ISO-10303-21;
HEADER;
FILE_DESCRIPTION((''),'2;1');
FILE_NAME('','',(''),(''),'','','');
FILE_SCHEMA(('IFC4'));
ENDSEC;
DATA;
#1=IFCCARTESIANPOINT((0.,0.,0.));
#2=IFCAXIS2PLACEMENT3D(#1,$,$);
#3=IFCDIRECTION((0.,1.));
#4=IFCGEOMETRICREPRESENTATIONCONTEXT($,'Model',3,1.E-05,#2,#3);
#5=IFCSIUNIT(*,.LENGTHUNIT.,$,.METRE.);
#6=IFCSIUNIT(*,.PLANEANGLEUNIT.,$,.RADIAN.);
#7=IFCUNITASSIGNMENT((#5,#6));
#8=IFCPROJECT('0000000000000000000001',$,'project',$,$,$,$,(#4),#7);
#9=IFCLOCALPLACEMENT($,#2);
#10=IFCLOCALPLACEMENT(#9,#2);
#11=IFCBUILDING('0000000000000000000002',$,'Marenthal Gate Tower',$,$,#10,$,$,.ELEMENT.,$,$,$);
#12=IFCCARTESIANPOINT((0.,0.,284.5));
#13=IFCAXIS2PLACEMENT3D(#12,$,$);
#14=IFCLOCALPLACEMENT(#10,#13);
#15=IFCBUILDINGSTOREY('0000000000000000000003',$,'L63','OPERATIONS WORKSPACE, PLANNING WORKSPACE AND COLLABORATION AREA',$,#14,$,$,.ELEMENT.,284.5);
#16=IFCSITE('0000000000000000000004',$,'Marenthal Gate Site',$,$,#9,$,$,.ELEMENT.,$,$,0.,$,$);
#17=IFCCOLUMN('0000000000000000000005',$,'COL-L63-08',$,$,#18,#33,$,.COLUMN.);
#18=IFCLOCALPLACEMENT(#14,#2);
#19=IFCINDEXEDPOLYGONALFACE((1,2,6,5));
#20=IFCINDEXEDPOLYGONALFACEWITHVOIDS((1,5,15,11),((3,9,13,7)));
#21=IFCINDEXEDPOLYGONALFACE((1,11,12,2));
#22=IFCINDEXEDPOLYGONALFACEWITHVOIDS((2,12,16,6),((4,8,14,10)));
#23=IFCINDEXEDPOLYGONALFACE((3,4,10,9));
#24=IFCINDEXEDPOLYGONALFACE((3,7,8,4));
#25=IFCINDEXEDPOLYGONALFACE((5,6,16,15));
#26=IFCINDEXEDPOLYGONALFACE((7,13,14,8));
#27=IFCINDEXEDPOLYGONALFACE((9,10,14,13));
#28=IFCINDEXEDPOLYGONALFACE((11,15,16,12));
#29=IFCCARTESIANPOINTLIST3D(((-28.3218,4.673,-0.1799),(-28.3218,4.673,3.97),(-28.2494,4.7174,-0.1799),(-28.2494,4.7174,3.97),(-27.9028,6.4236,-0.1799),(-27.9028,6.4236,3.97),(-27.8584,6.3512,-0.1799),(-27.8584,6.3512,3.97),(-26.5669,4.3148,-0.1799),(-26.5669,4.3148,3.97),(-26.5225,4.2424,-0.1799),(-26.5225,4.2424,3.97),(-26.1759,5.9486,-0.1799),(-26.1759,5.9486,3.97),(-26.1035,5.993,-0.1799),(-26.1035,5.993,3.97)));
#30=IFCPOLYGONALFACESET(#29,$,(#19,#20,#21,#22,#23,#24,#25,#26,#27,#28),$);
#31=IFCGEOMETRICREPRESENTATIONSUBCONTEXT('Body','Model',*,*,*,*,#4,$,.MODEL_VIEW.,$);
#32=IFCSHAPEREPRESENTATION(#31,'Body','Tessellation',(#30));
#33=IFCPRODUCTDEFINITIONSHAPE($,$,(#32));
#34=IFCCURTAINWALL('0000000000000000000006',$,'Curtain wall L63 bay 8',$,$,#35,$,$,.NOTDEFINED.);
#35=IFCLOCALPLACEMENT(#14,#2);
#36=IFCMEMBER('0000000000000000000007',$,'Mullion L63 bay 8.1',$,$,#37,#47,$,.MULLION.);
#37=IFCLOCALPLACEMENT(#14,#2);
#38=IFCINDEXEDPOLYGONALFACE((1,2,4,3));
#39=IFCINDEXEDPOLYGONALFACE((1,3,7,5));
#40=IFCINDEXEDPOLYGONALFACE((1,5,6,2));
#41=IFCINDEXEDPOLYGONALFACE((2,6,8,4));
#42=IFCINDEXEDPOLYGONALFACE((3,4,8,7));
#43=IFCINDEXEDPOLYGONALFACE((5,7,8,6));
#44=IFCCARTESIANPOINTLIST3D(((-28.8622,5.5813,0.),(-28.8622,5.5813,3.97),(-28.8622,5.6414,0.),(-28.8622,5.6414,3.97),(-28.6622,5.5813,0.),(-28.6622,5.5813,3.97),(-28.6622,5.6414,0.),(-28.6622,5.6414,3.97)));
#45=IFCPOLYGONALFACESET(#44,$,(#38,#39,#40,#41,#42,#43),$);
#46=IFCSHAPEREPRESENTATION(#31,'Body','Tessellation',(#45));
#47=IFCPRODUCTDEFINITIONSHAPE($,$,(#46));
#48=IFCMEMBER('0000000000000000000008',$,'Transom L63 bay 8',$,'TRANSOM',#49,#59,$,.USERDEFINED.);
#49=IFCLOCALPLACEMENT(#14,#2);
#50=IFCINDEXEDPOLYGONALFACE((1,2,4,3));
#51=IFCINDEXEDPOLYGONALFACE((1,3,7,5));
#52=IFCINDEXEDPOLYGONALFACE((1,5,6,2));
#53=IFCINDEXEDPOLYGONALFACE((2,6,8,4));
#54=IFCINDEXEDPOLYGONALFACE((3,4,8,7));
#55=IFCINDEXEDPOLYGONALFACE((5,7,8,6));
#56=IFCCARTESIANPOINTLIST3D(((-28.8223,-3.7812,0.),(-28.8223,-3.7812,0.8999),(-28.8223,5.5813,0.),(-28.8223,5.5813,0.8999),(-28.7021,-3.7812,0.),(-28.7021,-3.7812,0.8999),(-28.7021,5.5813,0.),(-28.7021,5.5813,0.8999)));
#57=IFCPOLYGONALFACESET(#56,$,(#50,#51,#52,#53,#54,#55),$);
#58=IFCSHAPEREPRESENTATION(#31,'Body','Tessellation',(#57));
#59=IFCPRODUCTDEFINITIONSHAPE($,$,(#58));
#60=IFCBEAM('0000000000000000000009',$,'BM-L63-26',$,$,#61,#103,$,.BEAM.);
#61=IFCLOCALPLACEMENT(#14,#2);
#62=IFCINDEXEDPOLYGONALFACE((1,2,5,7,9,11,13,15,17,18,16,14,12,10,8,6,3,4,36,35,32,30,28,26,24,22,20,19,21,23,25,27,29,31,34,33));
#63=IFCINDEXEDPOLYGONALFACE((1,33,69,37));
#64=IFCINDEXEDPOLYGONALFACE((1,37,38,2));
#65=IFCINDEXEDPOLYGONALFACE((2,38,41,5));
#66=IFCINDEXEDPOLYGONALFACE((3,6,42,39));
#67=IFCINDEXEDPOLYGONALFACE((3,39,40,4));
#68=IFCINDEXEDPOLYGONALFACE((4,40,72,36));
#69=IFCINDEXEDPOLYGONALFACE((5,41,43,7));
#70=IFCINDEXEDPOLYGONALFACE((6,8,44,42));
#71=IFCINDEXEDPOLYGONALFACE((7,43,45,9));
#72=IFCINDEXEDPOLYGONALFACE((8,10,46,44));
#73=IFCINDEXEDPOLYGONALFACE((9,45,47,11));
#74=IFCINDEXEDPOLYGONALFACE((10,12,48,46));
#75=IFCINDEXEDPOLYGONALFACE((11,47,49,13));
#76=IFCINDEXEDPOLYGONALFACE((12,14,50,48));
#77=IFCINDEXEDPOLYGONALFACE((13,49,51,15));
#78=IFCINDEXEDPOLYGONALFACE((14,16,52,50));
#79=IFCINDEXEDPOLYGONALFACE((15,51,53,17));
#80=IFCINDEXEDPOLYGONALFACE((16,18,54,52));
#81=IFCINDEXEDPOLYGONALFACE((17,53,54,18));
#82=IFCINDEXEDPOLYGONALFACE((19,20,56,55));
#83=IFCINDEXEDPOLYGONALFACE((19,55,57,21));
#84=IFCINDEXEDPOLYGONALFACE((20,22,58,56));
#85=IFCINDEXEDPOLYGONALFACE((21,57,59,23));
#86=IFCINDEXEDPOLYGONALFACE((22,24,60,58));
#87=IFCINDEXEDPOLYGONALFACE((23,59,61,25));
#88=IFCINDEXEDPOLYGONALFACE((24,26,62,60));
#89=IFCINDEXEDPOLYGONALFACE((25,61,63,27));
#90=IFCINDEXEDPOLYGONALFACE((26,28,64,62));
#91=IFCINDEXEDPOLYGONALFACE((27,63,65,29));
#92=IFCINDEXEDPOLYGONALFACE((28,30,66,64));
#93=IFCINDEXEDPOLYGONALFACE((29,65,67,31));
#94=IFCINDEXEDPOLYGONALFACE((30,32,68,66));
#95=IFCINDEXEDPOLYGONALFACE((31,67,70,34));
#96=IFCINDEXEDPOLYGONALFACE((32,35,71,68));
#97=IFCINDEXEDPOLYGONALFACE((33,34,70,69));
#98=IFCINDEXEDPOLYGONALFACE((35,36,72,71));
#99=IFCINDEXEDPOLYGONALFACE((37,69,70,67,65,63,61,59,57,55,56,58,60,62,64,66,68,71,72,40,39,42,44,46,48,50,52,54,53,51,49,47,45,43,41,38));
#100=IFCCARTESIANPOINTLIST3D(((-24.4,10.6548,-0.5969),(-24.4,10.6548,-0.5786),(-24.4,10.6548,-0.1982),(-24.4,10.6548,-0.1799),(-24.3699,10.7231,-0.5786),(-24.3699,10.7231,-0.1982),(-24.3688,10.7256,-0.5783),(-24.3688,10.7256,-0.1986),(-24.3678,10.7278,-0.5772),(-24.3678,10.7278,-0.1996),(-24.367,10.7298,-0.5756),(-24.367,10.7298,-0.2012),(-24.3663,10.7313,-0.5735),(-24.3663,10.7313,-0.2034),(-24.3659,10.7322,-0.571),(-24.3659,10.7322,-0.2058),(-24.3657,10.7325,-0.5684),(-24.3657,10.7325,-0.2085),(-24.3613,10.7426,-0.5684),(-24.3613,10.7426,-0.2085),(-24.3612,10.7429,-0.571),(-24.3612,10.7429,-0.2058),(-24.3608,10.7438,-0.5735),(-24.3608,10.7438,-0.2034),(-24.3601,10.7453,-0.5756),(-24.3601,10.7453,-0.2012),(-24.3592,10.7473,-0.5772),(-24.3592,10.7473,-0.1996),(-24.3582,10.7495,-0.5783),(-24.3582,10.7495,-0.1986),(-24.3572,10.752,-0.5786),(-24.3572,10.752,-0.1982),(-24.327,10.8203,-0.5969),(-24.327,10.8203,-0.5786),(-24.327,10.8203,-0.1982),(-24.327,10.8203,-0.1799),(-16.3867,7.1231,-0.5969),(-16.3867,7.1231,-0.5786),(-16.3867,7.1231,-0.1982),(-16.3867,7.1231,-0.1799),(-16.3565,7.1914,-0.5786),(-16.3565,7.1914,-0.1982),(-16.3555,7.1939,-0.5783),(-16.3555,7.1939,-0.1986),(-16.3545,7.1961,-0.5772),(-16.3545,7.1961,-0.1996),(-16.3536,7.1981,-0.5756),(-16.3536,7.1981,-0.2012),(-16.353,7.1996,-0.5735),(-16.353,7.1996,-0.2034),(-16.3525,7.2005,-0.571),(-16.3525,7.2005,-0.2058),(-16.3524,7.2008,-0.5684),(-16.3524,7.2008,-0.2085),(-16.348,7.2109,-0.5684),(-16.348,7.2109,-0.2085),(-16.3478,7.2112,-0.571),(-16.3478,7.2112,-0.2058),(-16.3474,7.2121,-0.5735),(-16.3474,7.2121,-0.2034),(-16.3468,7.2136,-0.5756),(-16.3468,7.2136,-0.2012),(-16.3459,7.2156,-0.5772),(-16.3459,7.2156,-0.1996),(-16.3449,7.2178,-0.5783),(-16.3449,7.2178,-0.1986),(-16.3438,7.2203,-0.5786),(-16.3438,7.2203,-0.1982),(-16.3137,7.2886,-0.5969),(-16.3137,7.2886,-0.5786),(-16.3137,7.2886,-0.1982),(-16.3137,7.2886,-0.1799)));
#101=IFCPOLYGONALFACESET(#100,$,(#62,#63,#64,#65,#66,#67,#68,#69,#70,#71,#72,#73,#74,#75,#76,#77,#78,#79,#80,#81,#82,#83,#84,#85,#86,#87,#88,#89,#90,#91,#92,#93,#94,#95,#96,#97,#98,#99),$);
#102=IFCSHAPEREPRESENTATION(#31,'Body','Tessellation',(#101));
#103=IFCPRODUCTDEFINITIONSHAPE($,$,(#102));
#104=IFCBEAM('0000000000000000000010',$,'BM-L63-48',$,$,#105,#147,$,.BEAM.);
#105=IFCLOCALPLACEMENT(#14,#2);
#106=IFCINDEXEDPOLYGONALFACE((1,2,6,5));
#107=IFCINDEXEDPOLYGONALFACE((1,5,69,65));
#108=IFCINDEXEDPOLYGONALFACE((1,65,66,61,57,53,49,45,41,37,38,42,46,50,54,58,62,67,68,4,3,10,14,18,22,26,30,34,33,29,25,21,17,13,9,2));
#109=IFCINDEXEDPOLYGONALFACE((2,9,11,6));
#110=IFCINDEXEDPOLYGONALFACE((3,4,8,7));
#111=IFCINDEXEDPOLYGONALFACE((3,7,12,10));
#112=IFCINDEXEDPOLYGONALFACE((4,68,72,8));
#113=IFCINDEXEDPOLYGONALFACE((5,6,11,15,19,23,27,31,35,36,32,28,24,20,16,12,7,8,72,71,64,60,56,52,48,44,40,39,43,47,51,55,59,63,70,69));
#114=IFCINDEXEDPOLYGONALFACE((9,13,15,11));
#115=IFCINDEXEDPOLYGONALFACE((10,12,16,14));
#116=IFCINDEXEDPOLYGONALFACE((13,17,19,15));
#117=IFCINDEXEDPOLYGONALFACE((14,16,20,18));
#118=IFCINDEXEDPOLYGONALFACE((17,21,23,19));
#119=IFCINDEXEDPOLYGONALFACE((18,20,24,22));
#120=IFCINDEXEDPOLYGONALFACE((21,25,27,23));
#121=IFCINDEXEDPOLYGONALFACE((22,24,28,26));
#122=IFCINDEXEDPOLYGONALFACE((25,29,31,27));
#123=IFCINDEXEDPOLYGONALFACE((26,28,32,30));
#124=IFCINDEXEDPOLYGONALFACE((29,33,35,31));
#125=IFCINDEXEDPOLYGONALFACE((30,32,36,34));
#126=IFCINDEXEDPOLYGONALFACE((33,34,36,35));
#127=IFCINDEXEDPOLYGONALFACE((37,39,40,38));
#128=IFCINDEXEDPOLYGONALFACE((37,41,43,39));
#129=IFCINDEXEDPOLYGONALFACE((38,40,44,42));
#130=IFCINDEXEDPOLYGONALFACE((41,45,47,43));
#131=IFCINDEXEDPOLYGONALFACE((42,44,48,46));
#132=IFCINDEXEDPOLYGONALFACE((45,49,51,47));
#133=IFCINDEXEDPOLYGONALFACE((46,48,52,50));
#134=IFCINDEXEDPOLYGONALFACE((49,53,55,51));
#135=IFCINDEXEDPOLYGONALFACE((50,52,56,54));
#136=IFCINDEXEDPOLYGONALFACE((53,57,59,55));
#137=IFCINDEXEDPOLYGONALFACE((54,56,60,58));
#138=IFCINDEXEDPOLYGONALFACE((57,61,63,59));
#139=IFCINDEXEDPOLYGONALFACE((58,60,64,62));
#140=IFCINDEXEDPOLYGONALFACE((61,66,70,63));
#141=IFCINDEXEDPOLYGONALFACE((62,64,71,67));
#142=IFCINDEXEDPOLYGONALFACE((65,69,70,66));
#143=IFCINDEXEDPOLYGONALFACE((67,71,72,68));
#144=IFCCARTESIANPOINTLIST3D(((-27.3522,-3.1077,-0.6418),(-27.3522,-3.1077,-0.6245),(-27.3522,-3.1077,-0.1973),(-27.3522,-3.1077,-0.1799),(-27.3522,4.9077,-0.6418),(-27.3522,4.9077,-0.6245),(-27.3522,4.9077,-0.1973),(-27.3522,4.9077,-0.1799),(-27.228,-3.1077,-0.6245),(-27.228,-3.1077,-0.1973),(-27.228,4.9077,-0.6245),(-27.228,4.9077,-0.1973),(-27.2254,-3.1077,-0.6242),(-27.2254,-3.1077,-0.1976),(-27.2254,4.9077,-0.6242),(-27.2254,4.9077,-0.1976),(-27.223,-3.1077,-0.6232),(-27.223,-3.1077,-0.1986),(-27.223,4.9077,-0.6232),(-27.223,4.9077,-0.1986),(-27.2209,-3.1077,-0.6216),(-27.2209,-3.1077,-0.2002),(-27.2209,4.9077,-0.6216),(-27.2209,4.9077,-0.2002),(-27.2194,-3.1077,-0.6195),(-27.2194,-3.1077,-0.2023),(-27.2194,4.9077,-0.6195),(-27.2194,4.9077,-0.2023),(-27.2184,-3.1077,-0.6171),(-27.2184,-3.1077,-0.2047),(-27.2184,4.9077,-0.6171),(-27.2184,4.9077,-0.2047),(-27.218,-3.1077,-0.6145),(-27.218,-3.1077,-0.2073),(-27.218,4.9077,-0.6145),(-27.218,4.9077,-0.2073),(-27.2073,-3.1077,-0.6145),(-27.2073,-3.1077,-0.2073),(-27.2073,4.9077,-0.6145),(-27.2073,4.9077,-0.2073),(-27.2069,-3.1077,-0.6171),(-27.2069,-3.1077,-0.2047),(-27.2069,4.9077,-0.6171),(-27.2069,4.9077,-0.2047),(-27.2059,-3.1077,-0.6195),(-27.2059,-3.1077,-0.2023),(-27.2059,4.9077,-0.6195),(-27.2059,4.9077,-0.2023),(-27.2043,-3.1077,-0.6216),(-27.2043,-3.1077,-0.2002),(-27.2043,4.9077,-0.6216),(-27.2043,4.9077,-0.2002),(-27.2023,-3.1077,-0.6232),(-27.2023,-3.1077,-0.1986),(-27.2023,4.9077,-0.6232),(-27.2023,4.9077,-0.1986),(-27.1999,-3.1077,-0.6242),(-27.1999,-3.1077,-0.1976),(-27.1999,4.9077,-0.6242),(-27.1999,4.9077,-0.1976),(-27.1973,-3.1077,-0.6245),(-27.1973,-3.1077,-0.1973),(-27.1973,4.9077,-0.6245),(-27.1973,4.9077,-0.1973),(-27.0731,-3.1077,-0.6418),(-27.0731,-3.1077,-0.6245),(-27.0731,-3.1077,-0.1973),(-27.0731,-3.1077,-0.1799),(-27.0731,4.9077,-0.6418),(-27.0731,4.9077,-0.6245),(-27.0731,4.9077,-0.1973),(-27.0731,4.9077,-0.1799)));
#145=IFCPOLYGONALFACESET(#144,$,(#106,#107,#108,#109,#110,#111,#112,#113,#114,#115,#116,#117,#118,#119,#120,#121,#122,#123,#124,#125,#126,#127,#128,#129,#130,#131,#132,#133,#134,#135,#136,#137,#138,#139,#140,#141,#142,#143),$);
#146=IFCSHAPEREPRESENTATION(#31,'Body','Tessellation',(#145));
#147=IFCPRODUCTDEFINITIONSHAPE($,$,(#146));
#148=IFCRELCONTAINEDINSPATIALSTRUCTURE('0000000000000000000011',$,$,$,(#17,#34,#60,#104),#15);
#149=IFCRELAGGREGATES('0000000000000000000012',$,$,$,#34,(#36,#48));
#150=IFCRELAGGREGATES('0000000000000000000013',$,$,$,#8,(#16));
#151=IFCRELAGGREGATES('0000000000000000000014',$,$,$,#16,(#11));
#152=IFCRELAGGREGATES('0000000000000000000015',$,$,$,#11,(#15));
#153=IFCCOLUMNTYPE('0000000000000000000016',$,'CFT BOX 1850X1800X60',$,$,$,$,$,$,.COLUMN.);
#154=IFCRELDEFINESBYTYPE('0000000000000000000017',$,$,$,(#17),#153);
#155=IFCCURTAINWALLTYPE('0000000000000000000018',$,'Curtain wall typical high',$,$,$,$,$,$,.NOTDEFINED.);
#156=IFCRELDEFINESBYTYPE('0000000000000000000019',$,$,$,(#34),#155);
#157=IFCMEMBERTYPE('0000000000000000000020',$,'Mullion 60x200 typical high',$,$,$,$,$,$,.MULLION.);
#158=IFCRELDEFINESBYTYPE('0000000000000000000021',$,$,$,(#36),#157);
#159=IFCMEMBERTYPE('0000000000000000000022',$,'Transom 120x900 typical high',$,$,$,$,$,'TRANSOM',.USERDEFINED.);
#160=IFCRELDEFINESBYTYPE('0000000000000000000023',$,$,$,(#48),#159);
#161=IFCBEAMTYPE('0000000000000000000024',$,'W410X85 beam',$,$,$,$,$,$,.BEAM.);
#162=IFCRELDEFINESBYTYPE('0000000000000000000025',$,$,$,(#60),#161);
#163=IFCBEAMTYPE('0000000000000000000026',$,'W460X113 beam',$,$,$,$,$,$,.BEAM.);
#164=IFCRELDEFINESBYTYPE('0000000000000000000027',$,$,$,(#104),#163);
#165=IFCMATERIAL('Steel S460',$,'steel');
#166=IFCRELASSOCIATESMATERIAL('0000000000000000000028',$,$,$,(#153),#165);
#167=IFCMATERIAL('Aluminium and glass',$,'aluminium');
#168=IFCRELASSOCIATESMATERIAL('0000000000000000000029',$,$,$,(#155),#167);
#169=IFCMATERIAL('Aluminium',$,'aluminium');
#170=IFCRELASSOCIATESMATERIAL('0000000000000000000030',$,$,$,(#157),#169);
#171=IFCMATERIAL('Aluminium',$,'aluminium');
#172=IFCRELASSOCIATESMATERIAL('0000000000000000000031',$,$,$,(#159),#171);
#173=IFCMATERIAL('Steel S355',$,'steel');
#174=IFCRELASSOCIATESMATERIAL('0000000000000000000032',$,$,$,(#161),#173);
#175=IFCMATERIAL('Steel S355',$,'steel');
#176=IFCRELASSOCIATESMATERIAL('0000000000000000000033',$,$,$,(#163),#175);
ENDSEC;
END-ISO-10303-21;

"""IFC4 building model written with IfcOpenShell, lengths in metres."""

from ifc_helpers import new_model, si_unit, direction, frame, origin, origin_2d, place, context, subcontext, project, spatial, rectangle, hollow_rectangle, i_section, extrude, material, material_profile, profile_set, type_object, element, aggregate, save


model = new_model("IFC4")

# Units and contexts
model_context = context("Model", 3, precision=1e-05, world=origin(), true_north=direction((0.0, 1.0)))
body_context = subcontext(model_context, "Body", "Model", "MODEL_VIEW")
ifc_project = project(units=[si_unit("LENGTHUNIT", "METRE"), si_unit("PLANEANGLEUNIT", "RADIAN")], contexts=[model_context])

# Site, building, storey
site_placement = place(None, origin())
site = spatial("IfcSite", under=ifc_project, at=site_placement, Name="Marenthal Gate Site", CompositionType="ELEMENT", RefElevation=0.0)
building_placement = place(site_placement, origin())
building = spatial("IfcBuilding", under=site, at=building_placement, Name="Marenthal Gate Tower", CompositionType="ELEMENT")
storey_placement = place(building_placement, frame((0.0, 0.0, 284.5)))
storey = spatial("IfcBuildingStorey", under=building, at=storey_placement, Name="L63", Description="OPERATIONS WORKSPACE, PLANNING WORKSPACE AND COLLABORATION AREA", CompositionType="ELEMENT", Elevation=284.5)

# Column
ifc_material_1 = material(Name="Steel S460", Category="steel")
ifc_material_profile_1 = material_profile(ifc_material_1, hollow_rectangle(XDim=1.8, YDim=1.8501, WallThickness=0.0601, at=origin_2d()), Name="CFT BOX 1850X1800X60")
ifc_material_2 = material(Name="Concrete 70 MPa", Category="concrete")
ifc_material_profile_2 = material_profile(ifc_material_2, rectangle(XDim=1.6799, YDim=1.73, at=origin_2d()), Name="CFT BOX 1850X1800X60 INFILL")
ifc_profile_set_1 = profile_set([ifc_material_profile_1, ifc_material_profile_2], Name="Steel S460 shell, Concrete 70 MPa infill")
column_type = type_object("IfcColumnType", Name="CFT BOX 1850X1800X60", PredefinedType="COLUMN", material=ifc_profile_set_1)
column_placement = place(storey_placement, frame((-27.2126, 5.333, -0.1799), z_axis=(0.0, 0.0, 1.0), x_axis=(0.232739, 0.972539, 0.0)))
element("IfcColumn", 1, at=column_placement, inside=storey, type_object=column_type, Name="COL-L63-08", PredefinedType="COLUMN", context=body_context, shape_type="SweptSolid", body=[
    extrude(hollow_rectangle(XDim=1.8, YDim=1.8501, WallThickness=0.0601, at=origin_2d()), origin(), (0.0, 0.0, 1.0), 4.1499),
])

# Curtain wall, members
ifc_material_3 = material(Name="Aluminium and glass", Category="aluminium")
curtain_wall_type = type_object("IfcCurtainWallType", Name="Curtain wall typical high", PredefinedType="NOTDEFINED", material=ifc_material_3)
curtain_wall_placement = place(storey_placement, origin())
curtain_wall = element("IfcCurtainWall", 2, at=curtain_wall_placement, inside=storey, type_object=curtain_wall_type, Name="Curtain wall L63 bay 8", PredefinedType="NOTDEFINED")
ifc_material_4 = material(Name="Aluminium", Category="aluminium")
ifc_material_profile_3 = material_profile(ifc_material_4, rectangle(XDim=0.2, YDim=0.0601, at=origin_2d()), Name="60x200 aluminium mullion")
ifc_profile_set_2 = profile_set([ifc_material_profile_3], Name="Aluminium")
member_type_1 = type_object("IfcMemberType", Name="Mullion 60x200 typical high", PredefinedType="MULLION", material=ifc_profile_set_2)
member_1_placement = place(storey_placement, frame((-28.7622, 5.6113, 0.0), z_axis=(0.0, 0.0, 1.0), x_axis=(1.0, 0.0, 0.0)))
member_1 = element("IfcMember", 3, at=member_1_placement, type_object=member_type_1, Name="Mullion L63 bay 8.1", PredefinedType="MULLION", context=body_context, shape_type="SweptSolid", body=[
    extrude(rectangle(XDim=0.2, YDim=0.0601, at=origin_2d()), origin(), (0.0, 0.0, 1.0), 3.97),
])
ifc_material_5 = material(Name="Aluminium", Category="aluminium")
ifc_material_profile_4 = material_profile(ifc_material_5, rectangle(XDim=0.1201, YDim=0.8999, at=origin_2d()), Name="120x900 aluminium transom")
ifc_profile_set_3 = profile_set([ifc_material_profile_4], Name="Aluminium")
member_type_2 = type_object("IfcMemberType", Name="Transom 120x900 typical high", ElementType="TRANSOM", PredefinedType="USERDEFINED", material=ifc_profile_set_3)
member_2_placement = place(storey_placement, frame((-28.7622, 5.5813, 0.45), z_axis=(0.0, -1.0, 0.0), x_axis=(1.0, 0.0, 0.0)))
member_2 = element("IfcMember", 4, at=member_2_placement, type_object=member_type_2, Name="Transom L63 bay 8", ObjectType="TRANSOM", PredefinedType="USERDEFINED", context=body_context, shape_type="SweptSolid", body=[
    extrude(rectangle(XDim=0.1201, YDim=0.8999, at=origin_2d()), origin(), (0.0, 0.0, 1.0), 9.3625),
])

# Beams
ifc_material_6 = material(Name="Steel S355", Category="steel")
ifc_material_profile_5 = material_profile(ifc_material_6, i_section(OverallWidth=0.1809, OverallDepth=0.417, WebThickness=0.011, FlangeThickness=0.0183, FilletRadius=0.0103, at=origin_2d()), Name="W410X85")
ifc_profile_set_4 = profile_set([ifc_material_profile_5], Name="Steel S355")
beam_type_1 = type_object("IfcBeamType", Name="W410X85 beam", PredefinedType="BEAM", material=ifc_profile_set_4)
beam_1_placement = place(storey_placement, frame((-24.3635, 10.7375, -0.3884), z_axis=(0.915069, -0.403296, 0.0), x_axis=(0.403296, 0.915069, 0.0)))
element("IfcBeam", 5, at=beam_1_placement, inside=storey, type_object=beam_type_1, Name="BM-L63-26", PredefinedType="BEAM", context=body_context, shape_type="SweptSolid", body=[
    extrude(i_section(OverallWidth=0.1809, OverallDepth=0.417, WebThickness=0.011, FlangeThickness=0.0183, FilletRadius=0.0103, at=origin_2d()), origin(), (0.0, 0.0, 1.0), 8.7571),
])
ifc_material_7 = material(Name="Steel S355", Category="steel")
ifc_material_profile_6 = material_profile(ifc_material_7, i_section(OverallWidth=0.2791, OverallDepth=0.4619, WebThickness=0.0107, FlangeThickness=0.0173, FilletRadius=0.01, at=origin_2d()), Name="W460X113")
ifc_profile_set_5 = profile_set([ifc_material_profile_6], Name="Steel S355")
beam_type_2 = type_object("IfcBeamType", Name="W460X113 beam", PredefinedType="BEAM", material=ifc_profile_set_5)
beam_2_placement = place(storey_placement, frame((-27.2126, 4.9077, -0.4109), z_axis=(0.0, -1.0, 0.0), x_axis=(1.0, 0.0, 0.0)))
element("IfcBeam", 6, at=beam_2_placement, inside=storey, type_object=beam_type_2, Name="BM-L63-48", PredefinedType="BEAM", context=body_context, shape_type="SweptSolid", body=[
    extrude(i_section(OverallWidth=0.2791, OverallDepth=0.4619, WebThickness=0.0107, FlangeThickness=0.0173, FilletRadius=0.01, at=origin_2d()), origin(), (0.0, 0.0, 1.0), 8.0154),
])

aggregate(curtain_wall, [member_1, member_2])

save(model, "model.ifc")
